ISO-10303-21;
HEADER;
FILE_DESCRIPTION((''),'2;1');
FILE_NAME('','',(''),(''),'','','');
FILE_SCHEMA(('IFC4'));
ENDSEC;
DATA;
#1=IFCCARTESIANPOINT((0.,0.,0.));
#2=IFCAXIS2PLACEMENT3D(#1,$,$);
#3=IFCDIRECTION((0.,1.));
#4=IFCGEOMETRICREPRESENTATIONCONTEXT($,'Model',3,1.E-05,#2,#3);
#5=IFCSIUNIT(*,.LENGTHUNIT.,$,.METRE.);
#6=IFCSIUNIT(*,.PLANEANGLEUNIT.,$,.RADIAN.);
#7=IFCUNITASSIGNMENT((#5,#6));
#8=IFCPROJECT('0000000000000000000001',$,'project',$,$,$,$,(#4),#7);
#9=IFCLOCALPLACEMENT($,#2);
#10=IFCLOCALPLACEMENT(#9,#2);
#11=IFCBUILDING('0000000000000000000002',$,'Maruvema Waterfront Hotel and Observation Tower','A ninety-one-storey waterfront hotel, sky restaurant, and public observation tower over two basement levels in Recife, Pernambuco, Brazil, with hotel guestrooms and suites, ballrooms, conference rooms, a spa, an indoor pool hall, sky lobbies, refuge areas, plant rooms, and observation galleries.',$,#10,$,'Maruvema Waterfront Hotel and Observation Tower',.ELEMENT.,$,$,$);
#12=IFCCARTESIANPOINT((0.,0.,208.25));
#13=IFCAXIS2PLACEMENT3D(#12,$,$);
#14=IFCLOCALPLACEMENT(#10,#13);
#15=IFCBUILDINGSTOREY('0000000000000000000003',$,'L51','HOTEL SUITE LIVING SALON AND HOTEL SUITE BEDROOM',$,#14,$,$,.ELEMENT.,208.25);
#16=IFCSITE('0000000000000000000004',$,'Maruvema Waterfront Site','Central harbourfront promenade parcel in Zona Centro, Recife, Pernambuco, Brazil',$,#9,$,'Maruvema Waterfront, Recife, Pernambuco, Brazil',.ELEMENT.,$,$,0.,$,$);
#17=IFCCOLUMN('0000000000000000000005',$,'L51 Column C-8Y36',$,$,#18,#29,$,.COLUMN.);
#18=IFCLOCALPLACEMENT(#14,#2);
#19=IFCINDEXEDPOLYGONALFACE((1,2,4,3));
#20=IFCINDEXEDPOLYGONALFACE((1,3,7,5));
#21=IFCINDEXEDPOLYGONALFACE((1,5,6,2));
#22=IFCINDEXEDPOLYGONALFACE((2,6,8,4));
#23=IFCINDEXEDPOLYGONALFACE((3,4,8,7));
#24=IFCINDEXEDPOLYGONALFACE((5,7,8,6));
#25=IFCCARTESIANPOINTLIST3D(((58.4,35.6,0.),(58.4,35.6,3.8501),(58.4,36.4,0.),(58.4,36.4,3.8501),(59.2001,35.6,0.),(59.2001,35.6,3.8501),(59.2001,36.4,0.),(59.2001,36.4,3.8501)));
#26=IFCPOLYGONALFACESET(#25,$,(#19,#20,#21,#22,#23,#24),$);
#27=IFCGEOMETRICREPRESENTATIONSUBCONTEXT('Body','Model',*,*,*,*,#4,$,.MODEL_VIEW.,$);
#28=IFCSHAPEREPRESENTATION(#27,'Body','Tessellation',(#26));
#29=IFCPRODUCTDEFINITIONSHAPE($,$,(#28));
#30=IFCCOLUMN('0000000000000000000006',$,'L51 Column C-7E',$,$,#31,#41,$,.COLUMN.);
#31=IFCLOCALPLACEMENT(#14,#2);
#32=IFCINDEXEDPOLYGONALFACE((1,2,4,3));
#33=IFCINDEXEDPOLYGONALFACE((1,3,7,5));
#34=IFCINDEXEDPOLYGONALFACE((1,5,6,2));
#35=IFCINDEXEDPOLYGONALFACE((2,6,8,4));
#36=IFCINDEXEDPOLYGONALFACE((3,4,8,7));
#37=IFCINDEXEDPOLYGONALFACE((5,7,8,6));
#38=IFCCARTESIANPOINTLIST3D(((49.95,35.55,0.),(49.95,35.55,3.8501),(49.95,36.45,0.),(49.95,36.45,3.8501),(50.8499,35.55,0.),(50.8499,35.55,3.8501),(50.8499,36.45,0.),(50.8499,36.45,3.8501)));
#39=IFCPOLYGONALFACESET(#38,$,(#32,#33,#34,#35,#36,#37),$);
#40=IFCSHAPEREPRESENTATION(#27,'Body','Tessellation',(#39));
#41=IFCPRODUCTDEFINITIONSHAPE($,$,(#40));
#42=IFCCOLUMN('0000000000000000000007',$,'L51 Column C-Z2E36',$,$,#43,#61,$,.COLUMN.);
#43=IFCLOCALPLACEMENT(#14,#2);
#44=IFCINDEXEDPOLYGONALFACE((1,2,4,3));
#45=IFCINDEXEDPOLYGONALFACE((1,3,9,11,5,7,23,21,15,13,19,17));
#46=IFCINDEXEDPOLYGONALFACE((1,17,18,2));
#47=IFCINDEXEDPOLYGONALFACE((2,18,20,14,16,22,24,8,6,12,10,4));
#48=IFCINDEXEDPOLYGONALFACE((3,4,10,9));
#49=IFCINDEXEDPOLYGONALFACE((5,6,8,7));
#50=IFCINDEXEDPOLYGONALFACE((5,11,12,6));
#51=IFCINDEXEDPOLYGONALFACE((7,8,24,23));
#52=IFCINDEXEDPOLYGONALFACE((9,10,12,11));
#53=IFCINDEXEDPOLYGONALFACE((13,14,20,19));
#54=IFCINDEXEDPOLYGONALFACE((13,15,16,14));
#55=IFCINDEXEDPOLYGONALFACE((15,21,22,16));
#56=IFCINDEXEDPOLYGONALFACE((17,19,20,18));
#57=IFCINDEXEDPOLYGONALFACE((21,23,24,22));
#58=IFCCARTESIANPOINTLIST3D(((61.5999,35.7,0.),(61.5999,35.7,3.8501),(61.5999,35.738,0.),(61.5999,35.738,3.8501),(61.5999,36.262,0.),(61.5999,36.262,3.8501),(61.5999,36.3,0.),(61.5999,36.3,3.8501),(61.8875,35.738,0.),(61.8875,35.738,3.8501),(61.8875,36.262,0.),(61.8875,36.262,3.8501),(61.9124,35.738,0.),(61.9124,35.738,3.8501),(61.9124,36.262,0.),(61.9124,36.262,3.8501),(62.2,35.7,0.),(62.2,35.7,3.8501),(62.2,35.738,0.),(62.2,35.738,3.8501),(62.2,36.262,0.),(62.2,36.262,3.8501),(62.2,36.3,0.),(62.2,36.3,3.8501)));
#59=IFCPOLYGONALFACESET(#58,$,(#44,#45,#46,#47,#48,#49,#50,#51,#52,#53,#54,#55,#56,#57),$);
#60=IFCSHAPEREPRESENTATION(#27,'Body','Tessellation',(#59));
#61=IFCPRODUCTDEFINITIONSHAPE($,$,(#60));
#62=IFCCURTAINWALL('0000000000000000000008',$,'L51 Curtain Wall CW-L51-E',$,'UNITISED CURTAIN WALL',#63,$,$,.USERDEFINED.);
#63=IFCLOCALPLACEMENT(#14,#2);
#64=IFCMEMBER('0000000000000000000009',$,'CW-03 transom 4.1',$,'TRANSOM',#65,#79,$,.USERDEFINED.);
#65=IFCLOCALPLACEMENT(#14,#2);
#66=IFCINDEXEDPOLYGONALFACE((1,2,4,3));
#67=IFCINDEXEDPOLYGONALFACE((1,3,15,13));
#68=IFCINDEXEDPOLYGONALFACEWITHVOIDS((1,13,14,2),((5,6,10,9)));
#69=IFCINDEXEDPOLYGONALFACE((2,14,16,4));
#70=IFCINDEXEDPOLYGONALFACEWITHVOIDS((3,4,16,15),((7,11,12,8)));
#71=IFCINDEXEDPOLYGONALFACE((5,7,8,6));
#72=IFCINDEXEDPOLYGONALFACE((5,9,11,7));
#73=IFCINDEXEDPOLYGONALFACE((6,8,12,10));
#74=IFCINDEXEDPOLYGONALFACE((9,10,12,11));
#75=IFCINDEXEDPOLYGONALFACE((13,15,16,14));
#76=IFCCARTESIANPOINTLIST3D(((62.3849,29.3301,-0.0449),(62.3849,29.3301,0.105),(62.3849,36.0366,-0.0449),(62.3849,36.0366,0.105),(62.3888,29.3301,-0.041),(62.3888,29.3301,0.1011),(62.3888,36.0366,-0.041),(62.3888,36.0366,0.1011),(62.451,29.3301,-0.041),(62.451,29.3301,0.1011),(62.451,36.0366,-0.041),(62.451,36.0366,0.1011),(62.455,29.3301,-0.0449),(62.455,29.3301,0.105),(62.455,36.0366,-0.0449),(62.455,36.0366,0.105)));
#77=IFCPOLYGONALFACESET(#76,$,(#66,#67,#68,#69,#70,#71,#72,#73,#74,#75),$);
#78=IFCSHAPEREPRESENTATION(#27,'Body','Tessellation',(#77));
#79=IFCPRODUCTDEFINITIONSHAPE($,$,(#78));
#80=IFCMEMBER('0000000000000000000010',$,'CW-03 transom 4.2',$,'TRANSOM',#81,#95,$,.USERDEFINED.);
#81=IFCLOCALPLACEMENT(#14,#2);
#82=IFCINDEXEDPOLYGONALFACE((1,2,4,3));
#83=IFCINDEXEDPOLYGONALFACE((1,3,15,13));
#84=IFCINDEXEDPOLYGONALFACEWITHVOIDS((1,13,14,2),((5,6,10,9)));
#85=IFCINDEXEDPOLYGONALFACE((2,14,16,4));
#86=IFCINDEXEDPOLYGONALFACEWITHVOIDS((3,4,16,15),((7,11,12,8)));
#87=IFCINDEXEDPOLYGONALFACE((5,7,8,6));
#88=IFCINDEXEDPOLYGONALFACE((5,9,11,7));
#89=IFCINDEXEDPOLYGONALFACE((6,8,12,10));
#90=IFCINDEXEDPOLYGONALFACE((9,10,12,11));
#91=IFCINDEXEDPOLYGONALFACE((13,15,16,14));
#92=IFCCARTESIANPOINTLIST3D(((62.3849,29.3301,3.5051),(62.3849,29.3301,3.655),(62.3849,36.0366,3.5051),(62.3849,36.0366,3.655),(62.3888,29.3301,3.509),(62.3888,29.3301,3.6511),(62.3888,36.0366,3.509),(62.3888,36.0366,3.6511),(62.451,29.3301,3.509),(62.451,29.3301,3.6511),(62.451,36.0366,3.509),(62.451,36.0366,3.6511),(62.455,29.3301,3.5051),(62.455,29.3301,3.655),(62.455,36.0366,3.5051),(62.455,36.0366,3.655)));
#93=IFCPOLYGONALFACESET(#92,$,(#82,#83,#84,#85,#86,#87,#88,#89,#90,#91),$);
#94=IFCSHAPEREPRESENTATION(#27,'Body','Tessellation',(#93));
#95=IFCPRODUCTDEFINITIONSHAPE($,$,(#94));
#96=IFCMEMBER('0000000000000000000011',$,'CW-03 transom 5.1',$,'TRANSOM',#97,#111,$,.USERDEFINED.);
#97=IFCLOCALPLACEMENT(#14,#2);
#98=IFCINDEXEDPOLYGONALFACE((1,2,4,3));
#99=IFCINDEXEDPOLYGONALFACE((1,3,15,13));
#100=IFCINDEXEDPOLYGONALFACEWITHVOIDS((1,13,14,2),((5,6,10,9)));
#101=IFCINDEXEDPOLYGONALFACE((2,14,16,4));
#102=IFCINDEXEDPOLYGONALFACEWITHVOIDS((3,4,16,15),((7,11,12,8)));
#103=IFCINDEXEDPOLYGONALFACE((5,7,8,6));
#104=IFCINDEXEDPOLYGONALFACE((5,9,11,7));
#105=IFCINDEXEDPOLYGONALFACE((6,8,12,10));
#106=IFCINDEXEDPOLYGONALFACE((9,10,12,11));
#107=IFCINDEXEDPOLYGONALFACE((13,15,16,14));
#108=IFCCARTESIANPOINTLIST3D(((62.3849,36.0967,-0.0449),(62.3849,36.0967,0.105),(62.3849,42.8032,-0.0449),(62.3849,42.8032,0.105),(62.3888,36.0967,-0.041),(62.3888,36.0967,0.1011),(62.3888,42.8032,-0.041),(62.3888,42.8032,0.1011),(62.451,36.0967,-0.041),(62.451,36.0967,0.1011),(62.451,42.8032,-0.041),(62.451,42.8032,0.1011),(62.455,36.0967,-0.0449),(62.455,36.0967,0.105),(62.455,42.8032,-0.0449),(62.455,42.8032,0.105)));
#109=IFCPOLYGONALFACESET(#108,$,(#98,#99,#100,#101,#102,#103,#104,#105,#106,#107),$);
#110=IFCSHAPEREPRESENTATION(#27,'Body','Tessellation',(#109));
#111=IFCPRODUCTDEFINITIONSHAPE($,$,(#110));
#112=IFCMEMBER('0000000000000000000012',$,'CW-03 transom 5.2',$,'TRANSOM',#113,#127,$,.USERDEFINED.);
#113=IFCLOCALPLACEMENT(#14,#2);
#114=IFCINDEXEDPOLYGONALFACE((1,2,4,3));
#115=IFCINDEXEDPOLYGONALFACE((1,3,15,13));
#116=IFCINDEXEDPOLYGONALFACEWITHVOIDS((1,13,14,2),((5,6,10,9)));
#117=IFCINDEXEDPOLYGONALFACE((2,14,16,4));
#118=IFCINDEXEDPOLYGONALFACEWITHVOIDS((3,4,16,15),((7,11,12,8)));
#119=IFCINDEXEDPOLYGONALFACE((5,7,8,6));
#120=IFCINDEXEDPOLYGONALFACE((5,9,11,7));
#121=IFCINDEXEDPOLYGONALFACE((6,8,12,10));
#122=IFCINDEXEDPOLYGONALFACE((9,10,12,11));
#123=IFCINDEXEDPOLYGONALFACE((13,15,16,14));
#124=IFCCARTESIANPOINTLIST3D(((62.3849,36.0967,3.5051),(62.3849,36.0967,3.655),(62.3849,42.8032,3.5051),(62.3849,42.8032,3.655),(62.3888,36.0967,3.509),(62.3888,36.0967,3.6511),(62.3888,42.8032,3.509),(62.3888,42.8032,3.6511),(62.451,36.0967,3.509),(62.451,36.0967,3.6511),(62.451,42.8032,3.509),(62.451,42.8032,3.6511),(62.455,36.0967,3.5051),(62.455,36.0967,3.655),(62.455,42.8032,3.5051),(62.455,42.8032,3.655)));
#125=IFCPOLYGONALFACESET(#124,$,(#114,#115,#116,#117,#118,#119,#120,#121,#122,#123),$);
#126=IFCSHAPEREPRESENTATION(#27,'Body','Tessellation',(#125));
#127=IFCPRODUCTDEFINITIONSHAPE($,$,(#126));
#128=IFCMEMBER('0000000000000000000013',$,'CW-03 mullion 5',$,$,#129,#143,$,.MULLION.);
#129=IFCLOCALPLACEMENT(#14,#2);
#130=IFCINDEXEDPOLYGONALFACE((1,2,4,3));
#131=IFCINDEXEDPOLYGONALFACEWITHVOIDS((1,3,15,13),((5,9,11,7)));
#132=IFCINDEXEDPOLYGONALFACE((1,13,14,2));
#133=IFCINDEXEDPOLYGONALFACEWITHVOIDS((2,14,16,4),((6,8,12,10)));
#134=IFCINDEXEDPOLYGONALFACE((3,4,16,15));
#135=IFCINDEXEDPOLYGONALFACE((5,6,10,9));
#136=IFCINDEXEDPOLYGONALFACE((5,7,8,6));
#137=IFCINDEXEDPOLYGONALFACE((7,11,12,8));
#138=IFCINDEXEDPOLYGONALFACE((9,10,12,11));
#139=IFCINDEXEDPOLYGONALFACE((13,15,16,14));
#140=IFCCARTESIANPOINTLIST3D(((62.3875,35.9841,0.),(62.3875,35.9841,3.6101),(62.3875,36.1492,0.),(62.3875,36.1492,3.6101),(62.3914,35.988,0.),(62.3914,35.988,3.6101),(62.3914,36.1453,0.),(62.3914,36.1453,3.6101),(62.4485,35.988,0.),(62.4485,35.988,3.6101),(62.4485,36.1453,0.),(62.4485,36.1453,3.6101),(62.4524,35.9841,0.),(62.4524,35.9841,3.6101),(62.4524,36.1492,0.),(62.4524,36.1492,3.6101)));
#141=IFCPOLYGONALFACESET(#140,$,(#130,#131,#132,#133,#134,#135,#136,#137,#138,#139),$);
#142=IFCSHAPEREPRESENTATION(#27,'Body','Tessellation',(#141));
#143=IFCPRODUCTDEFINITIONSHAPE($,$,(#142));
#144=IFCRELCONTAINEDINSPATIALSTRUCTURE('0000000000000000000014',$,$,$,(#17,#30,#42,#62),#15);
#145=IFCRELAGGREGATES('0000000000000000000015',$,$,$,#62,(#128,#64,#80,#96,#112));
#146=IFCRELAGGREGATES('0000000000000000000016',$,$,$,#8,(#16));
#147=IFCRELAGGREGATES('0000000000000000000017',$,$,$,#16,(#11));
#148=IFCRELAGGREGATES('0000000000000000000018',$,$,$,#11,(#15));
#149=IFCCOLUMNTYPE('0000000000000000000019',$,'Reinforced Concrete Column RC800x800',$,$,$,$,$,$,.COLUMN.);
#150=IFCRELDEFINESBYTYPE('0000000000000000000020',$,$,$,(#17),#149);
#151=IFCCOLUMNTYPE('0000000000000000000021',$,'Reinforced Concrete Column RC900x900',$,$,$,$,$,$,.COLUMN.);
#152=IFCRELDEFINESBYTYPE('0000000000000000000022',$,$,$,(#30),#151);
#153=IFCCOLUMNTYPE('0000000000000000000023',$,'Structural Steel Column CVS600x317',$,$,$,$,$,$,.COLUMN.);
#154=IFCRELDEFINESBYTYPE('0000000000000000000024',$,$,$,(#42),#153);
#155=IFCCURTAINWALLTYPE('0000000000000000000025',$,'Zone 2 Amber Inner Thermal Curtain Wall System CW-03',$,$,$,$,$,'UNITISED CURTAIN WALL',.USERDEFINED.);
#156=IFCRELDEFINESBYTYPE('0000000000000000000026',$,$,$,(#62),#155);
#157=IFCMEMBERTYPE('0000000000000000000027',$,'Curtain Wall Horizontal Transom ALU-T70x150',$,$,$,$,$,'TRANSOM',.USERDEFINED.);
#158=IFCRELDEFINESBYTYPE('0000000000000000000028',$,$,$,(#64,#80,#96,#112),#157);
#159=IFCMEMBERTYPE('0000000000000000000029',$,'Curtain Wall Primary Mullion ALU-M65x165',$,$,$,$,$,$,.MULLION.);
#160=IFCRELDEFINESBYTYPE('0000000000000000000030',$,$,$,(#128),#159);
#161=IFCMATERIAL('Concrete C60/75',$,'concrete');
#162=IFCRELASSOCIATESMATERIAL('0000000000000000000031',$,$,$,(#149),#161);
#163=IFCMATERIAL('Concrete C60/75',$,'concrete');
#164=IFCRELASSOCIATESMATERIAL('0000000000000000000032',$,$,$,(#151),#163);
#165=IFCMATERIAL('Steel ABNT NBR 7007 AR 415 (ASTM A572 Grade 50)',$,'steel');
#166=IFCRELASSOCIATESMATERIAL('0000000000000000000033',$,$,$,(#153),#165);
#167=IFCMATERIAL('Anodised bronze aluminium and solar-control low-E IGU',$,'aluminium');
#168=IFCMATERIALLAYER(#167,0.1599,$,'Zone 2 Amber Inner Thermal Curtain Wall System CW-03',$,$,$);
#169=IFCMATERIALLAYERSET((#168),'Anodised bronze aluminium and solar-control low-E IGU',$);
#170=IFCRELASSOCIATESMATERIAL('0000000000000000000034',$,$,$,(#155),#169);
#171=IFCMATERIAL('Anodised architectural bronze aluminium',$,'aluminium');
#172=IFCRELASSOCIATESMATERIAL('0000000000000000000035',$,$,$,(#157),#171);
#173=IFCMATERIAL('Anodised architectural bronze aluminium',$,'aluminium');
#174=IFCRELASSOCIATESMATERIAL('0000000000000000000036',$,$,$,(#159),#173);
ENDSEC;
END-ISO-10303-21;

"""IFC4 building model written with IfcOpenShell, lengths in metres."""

from ifc_helpers import new_model, si_unit, direction, frame, origin, origin_2d, place, context, subcontext, project, spatial, rectangle, hollow_rectangle, i_section, extrude, material, layer, layer_set, material_profile, profile_set, type_object, element, aggregate, save


model = new_model("IFC4")

# Units and contexts
model_context = context("Model", 3, precision=1e-05, world=origin(), true_north=direction((0.0, 1.0)))
body_context = subcontext(model_context, "Body", "Model", "MODEL_VIEW")
ifc_project = project(units=[si_unit("LENGTHUNIT", "METRE"), si_unit("PLANEANGLEUNIT", "RADIAN")], contexts=[model_context])

# Site, building, storey
site_placement = place(None, origin())
site = spatial("IfcSite", under=ifc_project, at=site_placement, Name="Maruvema Waterfront Site", Description="Central harbourfront promenade parcel in Zona Centro, Recife, Pernambuco, Brazil", LongName="Maruvema Waterfront, Recife, Pernambuco, Brazil", CompositionType="ELEMENT", RefElevation=0.0)
building_placement = place(site_placement, origin())
building = spatial("IfcBuilding", under=site, at=building_placement, Name="Maruvema Waterfront Hotel and Observation Tower", Description="A ninety-one-storey waterfront hotel, sky restaurant, and public observation tower over two basement levels in Recife, Pernambuco, Brazil, with hotel guestrooms and suites, ballrooms, conference rooms, a spa, an indoor pool hall, sky lobbies, refuge areas, plant rooms, and observation galleries.", LongName="Maruvema Waterfront Hotel and Observation Tower", CompositionType="ELEMENT")
storey_placement = place(building_placement, frame((0.0, 0.0, 208.25)))
storey = spatial("IfcBuildingStorey", under=building, at=storey_placement, Name="L51", Description="HOTEL SUITE LIVING SALON AND HOTEL SUITE BEDROOM", CompositionType="ELEMENT", Elevation=208.25)

# Columns
ifc_material_1 = material(Name="Concrete C60/75", Category="concrete")
ifc_material_profile_1 = material_profile(ifc_material_1, rectangle(XDim=0.8, YDim=0.8, at=origin_2d()), Name="RC800x800")
ifc_profile_set_1 = profile_set([ifc_material_profile_1], Name="Concrete C60/75")
column_type_1 = type_object("IfcColumnType", Name="Reinforced Concrete Column RC800x800", PredefinedType="COLUMN", material=ifc_profile_set_1)
column_1_placement = place(storey_placement, frame((58.8, 36.0, 0.0), z_axis=(0.0, 0.0, 1.0), x_axis=(1.0, 0.0, 0.0)))
element("IfcColumn", 1, at=column_1_placement, inside=storey, type_object=column_type_1, Name="L51 Column C-8Y36", PredefinedType="COLUMN", context=body_context, shape_type="SweptSolid", body=[
    extrude(rectangle(XDim=0.8, YDim=0.8, at=origin_2d()), origin(), (0.0, 0.0, 1.0), 3.8501),
])
ifc_material_2 = material(Name="Concrete C60/75", Category="concrete")
ifc_material_profile_2 = material_profile(ifc_material_2, rectangle(XDim=0.8999, YDim=0.8999, at=origin_2d()), Name="RC900x900")
ifc_profile_set_2 = profile_set([ifc_material_profile_2], Name="Concrete C60/75")
column_type_2 = type_object("IfcColumnType", Name="Reinforced Concrete Column RC900x900", PredefinedType="COLUMN", material=ifc_profile_set_2)
column_2_placement = place(storey_placement, frame((50.3999, 36.0, 0.0), z_axis=(0.0, 0.0, 1.0), x_axis=(1.0, 0.0, 0.0)))
element("IfcColumn", 2, at=column_2_placement, inside=storey, type_object=column_type_2, Name="L51 Column C-7E", PredefinedType="COLUMN", context=body_context, shape_type="SweptSolid", body=[
    extrude(rectangle(XDim=0.8999, YDim=0.8999, at=origin_2d()), origin(), (0.0, 0.0, 1.0), 3.8501),
])
ifc_material_3 = material(Name="Steel ABNT NBR 7007 AR 415 (ASTM A572 Grade 50)", Category="steel")
ifc_material_profile_3 = material_profile(ifc_material_3, i_section(OverallWidth=0.6001, OverallDepth=0.6001, WebThickness=0.0249, FlangeThickness=0.0381, at=origin_2d()), Name="CVS600x317")
ifc_profile_set_3 = profile_set([ifc_material_profile_3], Name="Steel ABNT NBR 7007 AR 415 (ASTM A572 Grade 50)")
column_type_3 = type_object("IfcColumnType", Name="Structural Steel Column CVS600x317", PredefinedType="COLUMN", material=ifc_profile_set_3)
column_3_placement = place(storey_placement, frame((61.8999, 36.0, 0.0), z_axis=(0.0, 0.0, 1.0), x_axis=(1.0, 0.0, 0.0)))
element("IfcColumn", 3, at=column_3_placement, inside=storey, type_object=column_type_3, Name="L51 Column C-Z2E36", PredefinedType="COLUMN", context=body_context, shape_type="SweptSolid", body=[
    extrude(i_section(OverallWidth=0.6001, OverallDepth=0.6001, WebThickness=0.0249, FlangeThickness=0.0381, at=origin_2d()), origin(), (0.0, 0.0, 1.0), 3.8501),
])

# Curtain wall, members
ifc_material_4 = material(Name="Anodised bronze aluminium and solar-control low-E IGU", Category="aluminium")
ifc_layer_1 = layer(ifc_material_4, 0.1599, Name="Zone 2 Amber Inner Thermal Curtain Wall System CW-03")
ifc_layer_set_1 = layer_set([ifc_layer_1], Name="Anodised bronze aluminium and solar-control low-E IGU")
curtain_wall_type = type_object("IfcCurtainWallType", Name="Zone 2 Amber Inner Thermal Curtain Wall System CW-03", ElementType="UNITISED CURTAIN WALL", PredefinedType="USERDEFINED", material=ifc_layer_set_1)
curtain_wall_placement = place(storey_placement, origin())
curtain_wall = element("IfcCurtainWall", 4, at=curtain_wall_placement, inside=storey, type_object=curtain_wall_type, Name="L51 Curtain Wall CW-L51-E", ObjectType="UNITISED CURTAIN WALL", PredefinedType="USERDEFINED")
ifc_material_5 = material(Name="Anodised architectural bronze aluminium", Category="aluminium")
ifc_material_profile_4 = material_profile(ifc_material_5, hollow_rectangle(XDim=0.0701, YDim=0.1499, WallThickness=0.0039, at=origin_2d()), Name="ALU-T70x150")
ifc_profile_set_4 = profile_set([ifc_material_profile_4], Name="Anodised architectural bronze aluminium")
member_type_1 = type_object("IfcMemberType", Name="Curtain Wall Horizontal Transom ALU-T70x150", ElementType="TRANSOM", PredefinedType="USERDEFINED", material=ifc_profile_set_4)
member_1_placement = place(storey_placement, frame((62.4199, 29.3301, 0.03), z_axis=(0.0, 1.0, 0.0), x_axis=(-1.0, 0.0, 0.0)))
member_1 = element("IfcMember", 5, at=member_1_placement, type_object=member_type_1, Name="CW-03 transom 4.1", ObjectType="TRANSOM", PredefinedType="USERDEFINED", context=body_context, shape_type="SweptSolid", body=[
    extrude(hollow_rectangle(XDim=0.0701, YDim=0.1499, WallThickness=0.0039, at=origin_2d()), origin(), (0.0, 0.0, 1.0), 6.7065),
])
member_2_placement = place(storey_placement, frame((62.4199, 29.3301, 3.5801), z_axis=(0.0, 1.0, 0.0), x_axis=(-1.0, 0.0, 0.0)))
member_2 = element("IfcMember", 6, at=member_2_placement, type_object=member_type_1, Name="CW-03 transom 4.2", ObjectType="TRANSOM", PredefinedType="USERDEFINED", context=body_context, shape_type="SweptSolid", body=[
    extrude(hollow_rectangle(XDim=0.0701, YDim=0.1499, WallThickness=0.0039, at=origin_2d()), origin(), (0.0, 0.0, 1.0), 6.7065),
])
member_3_placement = place(storey_placement, frame((62.4199, 36.0967, 0.03), z_axis=(0.0, 1.0, 0.0), x_axis=(-1.0, 0.0, 0.0)))
member_3 = element("IfcMember", 7, at=member_3_placement, type_object=member_type_1, Name="CW-03 transom 5.1", ObjectType="TRANSOM", PredefinedType="USERDEFINED", context=body_context, shape_type="SweptSolid", body=[
    extrude(hollow_rectangle(XDim=0.0701, YDim=0.1499, WallThickness=0.0039, at=origin_2d()), origin(), (0.0, 0.0, 1.0), 6.7065),
])
member_4_placement = place(storey_placement, frame((62.4199, 36.0967, 3.5801), z_axis=(0.0, 1.0, 0.0), x_axis=(-1.0, 0.0, 0.0)))
member_4 = element("IfcMember", 8, at=member_4_placement, type_object=member_type_1, Name="CW-03 transom 5.2", ObjectType="TRANSOM", PredefinedType="USERDEFINED", context=body_context, shape_type="SweptSolid", body=[
    extrude(hollow_rectangle(XDim=0.0701, YDim=0.1499, WallThickness=0.0039, at=origin_2d()), origin(), (0.0, 0.0, 1.0), 6.7065),
])
ifc_material_6 = material(Name="Anodised architectural bronze aluminium", Category="aluminium")
ifc_material_profile_5 = material_profile(ifc_material_6, hollow_rectangle(XDim=0.0649, YDim=0.165, WallThickness=0.0039, at=origin_2d()), Name="ALU-M65x165")
ifc_profile_set_5 = profile_set([ifc_material_profile_5], Name="Anodised architectural bronze aluminium")
member_type_2 = type_object("IfcMemberType", Name="Curtain Wall Primary Mullion ALU-M65x165", PredefinedType="MULLION", material=ifc_profile_set_5)
member_5_placement = place(storey_placement, frame((62.4199, 36.0667, 0.0), z_axis=(0.0, 0.0, 1.0), x_axis=(-1.0, 0.0, 0.0)))
member_5 = element("IfcMember", 9, at=member_5_placement, type_object=member_type_2, Name="CW-03 mullion 5", PredefinedType="MULLION", context=body_context, shape_type="SweptSolid", body=[
    extrude(hollow_rectangle(XDim=0.0649, YDim=0.165, WallThickness=0.0039, at=origin_2d()), origin(), (0.0, 0.0, 1.0), 3.6101),
])

aggregate(curtain_wall, [member_5, member_1, member_2, member_3, member_4])

save(model, "model.ifc")
